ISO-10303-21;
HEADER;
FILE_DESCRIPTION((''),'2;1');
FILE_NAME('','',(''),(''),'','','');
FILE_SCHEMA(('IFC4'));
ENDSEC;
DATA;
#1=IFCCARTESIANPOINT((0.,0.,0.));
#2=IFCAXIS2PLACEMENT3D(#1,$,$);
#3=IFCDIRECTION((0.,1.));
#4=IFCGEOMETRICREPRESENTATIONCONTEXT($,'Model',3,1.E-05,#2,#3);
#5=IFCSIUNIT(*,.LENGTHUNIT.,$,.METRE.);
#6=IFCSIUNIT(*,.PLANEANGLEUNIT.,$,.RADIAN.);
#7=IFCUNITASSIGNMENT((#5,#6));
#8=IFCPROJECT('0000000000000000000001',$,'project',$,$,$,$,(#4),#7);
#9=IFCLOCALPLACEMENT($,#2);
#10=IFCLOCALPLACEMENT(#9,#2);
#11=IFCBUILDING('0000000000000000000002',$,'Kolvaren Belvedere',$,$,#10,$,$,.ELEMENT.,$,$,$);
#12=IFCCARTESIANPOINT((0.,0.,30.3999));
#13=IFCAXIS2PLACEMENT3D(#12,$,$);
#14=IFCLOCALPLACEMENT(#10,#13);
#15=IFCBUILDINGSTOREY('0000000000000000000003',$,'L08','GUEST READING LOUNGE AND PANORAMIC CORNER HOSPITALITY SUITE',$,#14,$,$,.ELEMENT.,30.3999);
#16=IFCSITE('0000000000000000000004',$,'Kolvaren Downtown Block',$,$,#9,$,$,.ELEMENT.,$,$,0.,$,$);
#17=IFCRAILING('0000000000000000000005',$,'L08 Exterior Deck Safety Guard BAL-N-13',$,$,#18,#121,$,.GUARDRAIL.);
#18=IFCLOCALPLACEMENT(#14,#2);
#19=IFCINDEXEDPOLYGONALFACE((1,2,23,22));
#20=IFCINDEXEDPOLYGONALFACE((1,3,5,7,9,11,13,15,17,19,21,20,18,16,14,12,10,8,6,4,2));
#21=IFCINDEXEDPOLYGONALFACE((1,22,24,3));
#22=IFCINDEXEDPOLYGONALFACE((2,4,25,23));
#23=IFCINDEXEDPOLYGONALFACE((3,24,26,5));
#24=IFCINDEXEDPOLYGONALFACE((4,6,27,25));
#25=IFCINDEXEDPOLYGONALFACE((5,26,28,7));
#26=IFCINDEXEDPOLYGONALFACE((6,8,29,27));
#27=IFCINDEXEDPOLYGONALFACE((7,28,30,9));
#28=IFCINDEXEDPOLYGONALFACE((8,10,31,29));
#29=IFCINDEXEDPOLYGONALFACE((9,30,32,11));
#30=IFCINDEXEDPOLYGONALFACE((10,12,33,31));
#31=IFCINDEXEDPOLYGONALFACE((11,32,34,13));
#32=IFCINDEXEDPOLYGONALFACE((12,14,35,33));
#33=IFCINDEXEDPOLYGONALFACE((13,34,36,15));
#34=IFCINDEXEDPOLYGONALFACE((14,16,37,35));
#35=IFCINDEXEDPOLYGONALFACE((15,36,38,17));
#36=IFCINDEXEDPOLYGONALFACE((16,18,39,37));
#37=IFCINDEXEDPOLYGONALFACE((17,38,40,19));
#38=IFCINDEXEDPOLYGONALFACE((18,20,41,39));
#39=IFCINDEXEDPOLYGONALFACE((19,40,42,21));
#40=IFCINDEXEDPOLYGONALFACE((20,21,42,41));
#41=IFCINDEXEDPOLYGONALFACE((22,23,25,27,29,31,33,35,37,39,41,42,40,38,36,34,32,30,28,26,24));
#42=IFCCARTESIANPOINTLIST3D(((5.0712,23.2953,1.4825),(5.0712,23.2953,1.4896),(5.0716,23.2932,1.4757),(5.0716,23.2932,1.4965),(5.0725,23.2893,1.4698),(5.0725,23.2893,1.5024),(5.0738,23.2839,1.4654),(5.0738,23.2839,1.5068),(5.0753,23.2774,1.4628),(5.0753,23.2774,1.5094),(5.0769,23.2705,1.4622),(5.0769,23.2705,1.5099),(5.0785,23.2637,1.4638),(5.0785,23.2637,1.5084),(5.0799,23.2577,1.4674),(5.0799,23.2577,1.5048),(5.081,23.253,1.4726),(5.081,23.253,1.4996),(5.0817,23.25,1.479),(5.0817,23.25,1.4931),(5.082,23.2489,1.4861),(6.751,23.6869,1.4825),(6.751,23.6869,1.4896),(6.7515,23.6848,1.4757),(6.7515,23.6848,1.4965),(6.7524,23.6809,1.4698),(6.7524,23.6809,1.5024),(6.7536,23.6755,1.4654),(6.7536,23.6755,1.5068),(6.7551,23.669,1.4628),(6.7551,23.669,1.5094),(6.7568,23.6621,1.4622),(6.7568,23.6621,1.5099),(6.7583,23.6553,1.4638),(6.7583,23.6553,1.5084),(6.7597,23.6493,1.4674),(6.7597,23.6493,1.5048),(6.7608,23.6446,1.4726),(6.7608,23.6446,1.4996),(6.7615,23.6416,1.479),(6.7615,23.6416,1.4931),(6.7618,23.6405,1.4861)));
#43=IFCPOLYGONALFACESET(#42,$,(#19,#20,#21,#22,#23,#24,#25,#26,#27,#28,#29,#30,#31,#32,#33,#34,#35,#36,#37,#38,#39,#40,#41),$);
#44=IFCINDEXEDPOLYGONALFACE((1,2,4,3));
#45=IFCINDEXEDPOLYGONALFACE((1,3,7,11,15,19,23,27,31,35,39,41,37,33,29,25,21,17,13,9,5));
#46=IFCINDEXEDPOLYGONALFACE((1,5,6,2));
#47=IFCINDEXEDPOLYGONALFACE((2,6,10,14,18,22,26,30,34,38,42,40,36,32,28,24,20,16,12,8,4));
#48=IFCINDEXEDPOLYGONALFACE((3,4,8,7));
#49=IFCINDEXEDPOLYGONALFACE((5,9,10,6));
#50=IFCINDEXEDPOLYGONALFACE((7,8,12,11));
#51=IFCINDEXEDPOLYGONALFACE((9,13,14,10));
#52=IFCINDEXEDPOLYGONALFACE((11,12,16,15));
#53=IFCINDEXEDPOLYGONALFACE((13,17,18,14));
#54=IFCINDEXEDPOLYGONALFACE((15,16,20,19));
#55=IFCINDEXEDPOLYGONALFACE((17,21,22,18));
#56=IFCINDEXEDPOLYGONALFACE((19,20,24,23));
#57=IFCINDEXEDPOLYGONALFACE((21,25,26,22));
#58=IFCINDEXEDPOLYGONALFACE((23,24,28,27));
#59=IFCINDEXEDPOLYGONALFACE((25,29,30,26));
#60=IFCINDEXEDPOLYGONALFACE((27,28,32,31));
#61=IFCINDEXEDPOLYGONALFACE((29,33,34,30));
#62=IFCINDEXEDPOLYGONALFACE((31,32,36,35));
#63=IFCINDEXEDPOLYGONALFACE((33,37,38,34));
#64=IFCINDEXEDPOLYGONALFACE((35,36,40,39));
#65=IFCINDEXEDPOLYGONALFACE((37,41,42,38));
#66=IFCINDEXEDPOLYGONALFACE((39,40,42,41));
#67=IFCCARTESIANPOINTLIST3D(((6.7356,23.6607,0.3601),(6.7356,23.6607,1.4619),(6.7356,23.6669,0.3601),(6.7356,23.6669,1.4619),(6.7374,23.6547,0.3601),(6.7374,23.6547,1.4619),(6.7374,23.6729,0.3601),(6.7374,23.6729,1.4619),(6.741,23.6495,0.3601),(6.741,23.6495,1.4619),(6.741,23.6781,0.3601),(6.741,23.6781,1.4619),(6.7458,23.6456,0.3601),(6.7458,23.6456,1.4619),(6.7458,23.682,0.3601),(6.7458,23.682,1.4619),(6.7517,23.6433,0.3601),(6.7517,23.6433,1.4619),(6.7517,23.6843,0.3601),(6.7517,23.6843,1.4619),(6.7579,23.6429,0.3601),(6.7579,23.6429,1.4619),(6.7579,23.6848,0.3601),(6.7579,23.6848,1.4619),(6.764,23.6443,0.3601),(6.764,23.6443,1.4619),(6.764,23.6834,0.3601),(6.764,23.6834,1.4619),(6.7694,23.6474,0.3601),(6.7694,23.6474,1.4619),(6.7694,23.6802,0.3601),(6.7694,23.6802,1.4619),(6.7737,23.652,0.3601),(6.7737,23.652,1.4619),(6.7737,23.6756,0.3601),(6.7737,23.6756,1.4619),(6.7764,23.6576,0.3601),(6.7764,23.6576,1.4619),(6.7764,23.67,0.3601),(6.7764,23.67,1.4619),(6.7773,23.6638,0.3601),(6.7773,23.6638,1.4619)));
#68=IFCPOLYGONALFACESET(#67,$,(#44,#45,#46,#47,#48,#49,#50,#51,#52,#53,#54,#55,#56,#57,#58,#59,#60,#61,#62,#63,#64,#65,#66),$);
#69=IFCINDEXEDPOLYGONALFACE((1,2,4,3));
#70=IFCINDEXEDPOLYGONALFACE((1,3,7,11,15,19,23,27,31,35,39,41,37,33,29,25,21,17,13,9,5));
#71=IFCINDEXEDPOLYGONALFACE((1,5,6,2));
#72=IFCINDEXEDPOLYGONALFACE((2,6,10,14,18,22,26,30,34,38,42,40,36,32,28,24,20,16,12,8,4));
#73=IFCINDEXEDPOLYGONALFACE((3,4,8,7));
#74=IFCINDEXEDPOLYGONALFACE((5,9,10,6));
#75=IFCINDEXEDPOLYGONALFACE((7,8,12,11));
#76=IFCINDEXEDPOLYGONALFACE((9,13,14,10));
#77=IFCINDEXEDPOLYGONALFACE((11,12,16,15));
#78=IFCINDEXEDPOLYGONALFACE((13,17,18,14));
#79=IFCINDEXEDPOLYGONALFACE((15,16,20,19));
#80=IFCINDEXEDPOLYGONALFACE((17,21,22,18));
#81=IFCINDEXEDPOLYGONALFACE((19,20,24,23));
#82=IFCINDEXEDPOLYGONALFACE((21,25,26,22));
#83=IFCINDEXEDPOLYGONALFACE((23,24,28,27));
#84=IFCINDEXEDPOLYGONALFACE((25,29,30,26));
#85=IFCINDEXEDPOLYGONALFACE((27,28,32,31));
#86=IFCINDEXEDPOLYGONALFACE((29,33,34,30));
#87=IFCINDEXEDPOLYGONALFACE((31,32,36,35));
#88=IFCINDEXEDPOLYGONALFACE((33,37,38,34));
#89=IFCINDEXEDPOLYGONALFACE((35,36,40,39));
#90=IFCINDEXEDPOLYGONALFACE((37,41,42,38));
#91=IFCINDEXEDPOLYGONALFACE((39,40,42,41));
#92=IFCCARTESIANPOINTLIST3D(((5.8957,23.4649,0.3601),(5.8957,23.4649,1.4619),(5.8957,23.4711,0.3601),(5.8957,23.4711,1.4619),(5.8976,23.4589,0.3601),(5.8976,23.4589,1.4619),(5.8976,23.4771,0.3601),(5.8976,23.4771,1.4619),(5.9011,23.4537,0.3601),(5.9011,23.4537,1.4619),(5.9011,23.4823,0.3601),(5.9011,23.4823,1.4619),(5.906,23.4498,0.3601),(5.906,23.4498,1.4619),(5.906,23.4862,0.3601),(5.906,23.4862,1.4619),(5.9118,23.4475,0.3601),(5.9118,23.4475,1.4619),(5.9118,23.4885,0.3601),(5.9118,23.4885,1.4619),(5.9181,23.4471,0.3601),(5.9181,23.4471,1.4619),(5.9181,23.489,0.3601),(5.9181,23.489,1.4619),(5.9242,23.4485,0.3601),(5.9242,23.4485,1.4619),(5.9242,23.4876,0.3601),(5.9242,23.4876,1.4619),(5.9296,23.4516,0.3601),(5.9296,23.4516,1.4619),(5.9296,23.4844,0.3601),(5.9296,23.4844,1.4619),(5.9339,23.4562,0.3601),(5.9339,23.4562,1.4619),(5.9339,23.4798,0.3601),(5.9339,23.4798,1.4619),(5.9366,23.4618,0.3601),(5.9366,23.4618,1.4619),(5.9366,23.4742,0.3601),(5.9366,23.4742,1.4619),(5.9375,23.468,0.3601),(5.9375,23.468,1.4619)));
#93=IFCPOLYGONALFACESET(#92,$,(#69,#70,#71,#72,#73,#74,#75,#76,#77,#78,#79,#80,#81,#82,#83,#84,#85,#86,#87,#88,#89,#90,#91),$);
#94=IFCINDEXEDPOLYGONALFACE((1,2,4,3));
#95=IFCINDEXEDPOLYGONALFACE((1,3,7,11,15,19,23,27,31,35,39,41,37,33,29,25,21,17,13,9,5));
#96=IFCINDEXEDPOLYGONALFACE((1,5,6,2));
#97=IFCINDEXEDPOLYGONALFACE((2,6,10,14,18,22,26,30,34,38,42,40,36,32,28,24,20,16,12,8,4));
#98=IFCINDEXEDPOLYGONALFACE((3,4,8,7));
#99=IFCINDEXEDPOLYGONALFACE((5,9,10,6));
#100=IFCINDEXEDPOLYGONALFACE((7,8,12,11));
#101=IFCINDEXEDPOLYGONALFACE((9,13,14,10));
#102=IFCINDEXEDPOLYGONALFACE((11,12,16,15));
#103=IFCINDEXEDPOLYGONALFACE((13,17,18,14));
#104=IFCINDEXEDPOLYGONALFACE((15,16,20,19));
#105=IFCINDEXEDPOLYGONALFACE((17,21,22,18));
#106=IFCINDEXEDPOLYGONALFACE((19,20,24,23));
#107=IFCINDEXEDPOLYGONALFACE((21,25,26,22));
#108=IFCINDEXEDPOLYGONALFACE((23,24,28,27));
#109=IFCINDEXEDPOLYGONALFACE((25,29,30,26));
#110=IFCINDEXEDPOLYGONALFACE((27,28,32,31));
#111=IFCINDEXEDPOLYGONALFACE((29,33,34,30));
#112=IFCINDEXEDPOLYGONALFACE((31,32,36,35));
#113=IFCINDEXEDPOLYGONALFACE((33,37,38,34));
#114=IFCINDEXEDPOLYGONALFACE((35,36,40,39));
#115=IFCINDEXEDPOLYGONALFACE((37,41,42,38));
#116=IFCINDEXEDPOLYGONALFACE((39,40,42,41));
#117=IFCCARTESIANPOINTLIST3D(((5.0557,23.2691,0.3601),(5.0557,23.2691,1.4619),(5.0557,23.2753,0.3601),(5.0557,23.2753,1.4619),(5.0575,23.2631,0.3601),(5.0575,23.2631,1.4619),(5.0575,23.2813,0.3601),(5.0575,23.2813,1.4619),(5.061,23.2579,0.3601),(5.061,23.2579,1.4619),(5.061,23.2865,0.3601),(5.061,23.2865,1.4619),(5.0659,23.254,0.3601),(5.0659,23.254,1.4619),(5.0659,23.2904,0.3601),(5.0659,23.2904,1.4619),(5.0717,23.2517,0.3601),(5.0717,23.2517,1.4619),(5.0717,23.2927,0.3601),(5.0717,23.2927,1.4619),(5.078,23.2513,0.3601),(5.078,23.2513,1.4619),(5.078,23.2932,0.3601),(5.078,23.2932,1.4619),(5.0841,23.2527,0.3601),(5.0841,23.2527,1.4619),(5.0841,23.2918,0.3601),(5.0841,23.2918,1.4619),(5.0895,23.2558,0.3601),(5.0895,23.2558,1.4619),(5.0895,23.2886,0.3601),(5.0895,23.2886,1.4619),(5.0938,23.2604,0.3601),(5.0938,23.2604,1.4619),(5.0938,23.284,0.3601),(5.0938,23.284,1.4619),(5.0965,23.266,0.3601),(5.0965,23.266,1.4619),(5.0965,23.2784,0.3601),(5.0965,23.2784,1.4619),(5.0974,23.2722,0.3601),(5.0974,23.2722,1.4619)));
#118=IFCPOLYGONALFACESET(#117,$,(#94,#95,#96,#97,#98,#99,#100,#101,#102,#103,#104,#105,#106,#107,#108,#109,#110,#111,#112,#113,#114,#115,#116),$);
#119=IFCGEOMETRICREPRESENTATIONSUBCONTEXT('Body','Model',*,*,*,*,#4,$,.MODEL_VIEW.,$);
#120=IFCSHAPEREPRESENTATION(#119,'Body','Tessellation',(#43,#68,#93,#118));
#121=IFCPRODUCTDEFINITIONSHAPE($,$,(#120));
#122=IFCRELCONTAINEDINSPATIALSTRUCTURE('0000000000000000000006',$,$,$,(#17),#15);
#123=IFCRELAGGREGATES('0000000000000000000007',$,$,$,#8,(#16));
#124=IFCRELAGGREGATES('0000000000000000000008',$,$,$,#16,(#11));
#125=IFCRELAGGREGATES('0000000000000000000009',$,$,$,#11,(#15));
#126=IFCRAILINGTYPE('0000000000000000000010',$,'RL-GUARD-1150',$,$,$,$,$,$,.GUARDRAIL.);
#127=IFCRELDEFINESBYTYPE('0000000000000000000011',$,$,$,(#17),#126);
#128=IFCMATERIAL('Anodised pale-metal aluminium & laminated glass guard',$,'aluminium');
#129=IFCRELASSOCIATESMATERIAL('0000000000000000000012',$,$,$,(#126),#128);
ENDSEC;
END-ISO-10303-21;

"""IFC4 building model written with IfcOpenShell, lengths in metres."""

from ifc_helpers import new_model, si_unit, direction, frame, origin, origin_2d, place, context, subcontext, project, spatial, circle, extrude, material, type_object, element, save


model = new_model("IFC4")

# Units and contexts
model_context = context("Model", 3, precision=1e-05, world=origin(), true_north=direction((0.0, 1.0)))
body_context = subcontext(model_context, "Body", "Model", "MODEL_VIEW")
ifc_project = project(units=[si_unit("LENGTHUNIT", "METRE"), si_unit("PLANEANGLEUNIT", "RADIAN")], contexts=[model_context])

# Site, building, storey
site_placement = place(None, origin())
site = spatial("IfcSite", under=ifc_project, at=site_placement, Name="Kolvaren Downtown Block", CompositionType="ELEMENT", RefElevation=0.0)
building_placement = place(site_placement, origin())
building = spatial("IfcBuilding", under=site, at=building_placement, Name="Kolvaren Belvedere", CompositionType="ELEMENT")
storey_placement = place(building_placement, frame((0.0, 0.0, 30.3999)))
storey = spatial("IfcBuildingStorey", under=building, at=storey_placement, Name="L08", Description="GUEST READING LOUNGE AND PANORAMIC CORNER HOSPITALITY SUITE", CompositionType="ELEMENT", Elevation=30.3999)

# Railing
ifc_material_1 = material(Name="Anodised pale-metal aluminium & laminated glass guard", Category="aluminium")
railing_type = type_object("IfcRailingType", Name="RL-GUARD-1150", PredefinedType="GUARDRAIL", material=ifc_material_1)
railing_1_placement = place(storey_placement, frame((6.7563, 23.6638, 0.3601)))
element("IfcRailing", 1, at=railing_1_placement, inside=storey, type_object=railing_type, Name="L08 Exterior Deck Safety Guard BAL-N-13", PredefinedType="GUARDRAIL", context=body_context, shape_type="SweptSolid", body=[
    extrude(circle(Radius=0.0239, at=origin_2d()), frame((0.0, 0.0, 1.126), z_axis=(-0.97389, -0.227019, 0.0), x_axis=(0.227019, -0.97389, 0.0)), (0.0, 0.0, 1.0), 1.7249),
    extrude(circle(Radius=0.021, at=origin_2d()), origin(), (0.0, 0.0, 1.0), 1.1018),
    extrude(circle(Radius=0.021, at=origin_2d()), frame((-0.8398, -0.1958, 0.0)), (0.0, 0.0, 1.0), 1.1018),
    extrude(circle(Radius=0.021, at=origin_2d()), frame((-1.6799, -0.3916, 0.0)), (0.0, 0.0, 1.0), 1.1018),
])

save(model, "model.ifc")
